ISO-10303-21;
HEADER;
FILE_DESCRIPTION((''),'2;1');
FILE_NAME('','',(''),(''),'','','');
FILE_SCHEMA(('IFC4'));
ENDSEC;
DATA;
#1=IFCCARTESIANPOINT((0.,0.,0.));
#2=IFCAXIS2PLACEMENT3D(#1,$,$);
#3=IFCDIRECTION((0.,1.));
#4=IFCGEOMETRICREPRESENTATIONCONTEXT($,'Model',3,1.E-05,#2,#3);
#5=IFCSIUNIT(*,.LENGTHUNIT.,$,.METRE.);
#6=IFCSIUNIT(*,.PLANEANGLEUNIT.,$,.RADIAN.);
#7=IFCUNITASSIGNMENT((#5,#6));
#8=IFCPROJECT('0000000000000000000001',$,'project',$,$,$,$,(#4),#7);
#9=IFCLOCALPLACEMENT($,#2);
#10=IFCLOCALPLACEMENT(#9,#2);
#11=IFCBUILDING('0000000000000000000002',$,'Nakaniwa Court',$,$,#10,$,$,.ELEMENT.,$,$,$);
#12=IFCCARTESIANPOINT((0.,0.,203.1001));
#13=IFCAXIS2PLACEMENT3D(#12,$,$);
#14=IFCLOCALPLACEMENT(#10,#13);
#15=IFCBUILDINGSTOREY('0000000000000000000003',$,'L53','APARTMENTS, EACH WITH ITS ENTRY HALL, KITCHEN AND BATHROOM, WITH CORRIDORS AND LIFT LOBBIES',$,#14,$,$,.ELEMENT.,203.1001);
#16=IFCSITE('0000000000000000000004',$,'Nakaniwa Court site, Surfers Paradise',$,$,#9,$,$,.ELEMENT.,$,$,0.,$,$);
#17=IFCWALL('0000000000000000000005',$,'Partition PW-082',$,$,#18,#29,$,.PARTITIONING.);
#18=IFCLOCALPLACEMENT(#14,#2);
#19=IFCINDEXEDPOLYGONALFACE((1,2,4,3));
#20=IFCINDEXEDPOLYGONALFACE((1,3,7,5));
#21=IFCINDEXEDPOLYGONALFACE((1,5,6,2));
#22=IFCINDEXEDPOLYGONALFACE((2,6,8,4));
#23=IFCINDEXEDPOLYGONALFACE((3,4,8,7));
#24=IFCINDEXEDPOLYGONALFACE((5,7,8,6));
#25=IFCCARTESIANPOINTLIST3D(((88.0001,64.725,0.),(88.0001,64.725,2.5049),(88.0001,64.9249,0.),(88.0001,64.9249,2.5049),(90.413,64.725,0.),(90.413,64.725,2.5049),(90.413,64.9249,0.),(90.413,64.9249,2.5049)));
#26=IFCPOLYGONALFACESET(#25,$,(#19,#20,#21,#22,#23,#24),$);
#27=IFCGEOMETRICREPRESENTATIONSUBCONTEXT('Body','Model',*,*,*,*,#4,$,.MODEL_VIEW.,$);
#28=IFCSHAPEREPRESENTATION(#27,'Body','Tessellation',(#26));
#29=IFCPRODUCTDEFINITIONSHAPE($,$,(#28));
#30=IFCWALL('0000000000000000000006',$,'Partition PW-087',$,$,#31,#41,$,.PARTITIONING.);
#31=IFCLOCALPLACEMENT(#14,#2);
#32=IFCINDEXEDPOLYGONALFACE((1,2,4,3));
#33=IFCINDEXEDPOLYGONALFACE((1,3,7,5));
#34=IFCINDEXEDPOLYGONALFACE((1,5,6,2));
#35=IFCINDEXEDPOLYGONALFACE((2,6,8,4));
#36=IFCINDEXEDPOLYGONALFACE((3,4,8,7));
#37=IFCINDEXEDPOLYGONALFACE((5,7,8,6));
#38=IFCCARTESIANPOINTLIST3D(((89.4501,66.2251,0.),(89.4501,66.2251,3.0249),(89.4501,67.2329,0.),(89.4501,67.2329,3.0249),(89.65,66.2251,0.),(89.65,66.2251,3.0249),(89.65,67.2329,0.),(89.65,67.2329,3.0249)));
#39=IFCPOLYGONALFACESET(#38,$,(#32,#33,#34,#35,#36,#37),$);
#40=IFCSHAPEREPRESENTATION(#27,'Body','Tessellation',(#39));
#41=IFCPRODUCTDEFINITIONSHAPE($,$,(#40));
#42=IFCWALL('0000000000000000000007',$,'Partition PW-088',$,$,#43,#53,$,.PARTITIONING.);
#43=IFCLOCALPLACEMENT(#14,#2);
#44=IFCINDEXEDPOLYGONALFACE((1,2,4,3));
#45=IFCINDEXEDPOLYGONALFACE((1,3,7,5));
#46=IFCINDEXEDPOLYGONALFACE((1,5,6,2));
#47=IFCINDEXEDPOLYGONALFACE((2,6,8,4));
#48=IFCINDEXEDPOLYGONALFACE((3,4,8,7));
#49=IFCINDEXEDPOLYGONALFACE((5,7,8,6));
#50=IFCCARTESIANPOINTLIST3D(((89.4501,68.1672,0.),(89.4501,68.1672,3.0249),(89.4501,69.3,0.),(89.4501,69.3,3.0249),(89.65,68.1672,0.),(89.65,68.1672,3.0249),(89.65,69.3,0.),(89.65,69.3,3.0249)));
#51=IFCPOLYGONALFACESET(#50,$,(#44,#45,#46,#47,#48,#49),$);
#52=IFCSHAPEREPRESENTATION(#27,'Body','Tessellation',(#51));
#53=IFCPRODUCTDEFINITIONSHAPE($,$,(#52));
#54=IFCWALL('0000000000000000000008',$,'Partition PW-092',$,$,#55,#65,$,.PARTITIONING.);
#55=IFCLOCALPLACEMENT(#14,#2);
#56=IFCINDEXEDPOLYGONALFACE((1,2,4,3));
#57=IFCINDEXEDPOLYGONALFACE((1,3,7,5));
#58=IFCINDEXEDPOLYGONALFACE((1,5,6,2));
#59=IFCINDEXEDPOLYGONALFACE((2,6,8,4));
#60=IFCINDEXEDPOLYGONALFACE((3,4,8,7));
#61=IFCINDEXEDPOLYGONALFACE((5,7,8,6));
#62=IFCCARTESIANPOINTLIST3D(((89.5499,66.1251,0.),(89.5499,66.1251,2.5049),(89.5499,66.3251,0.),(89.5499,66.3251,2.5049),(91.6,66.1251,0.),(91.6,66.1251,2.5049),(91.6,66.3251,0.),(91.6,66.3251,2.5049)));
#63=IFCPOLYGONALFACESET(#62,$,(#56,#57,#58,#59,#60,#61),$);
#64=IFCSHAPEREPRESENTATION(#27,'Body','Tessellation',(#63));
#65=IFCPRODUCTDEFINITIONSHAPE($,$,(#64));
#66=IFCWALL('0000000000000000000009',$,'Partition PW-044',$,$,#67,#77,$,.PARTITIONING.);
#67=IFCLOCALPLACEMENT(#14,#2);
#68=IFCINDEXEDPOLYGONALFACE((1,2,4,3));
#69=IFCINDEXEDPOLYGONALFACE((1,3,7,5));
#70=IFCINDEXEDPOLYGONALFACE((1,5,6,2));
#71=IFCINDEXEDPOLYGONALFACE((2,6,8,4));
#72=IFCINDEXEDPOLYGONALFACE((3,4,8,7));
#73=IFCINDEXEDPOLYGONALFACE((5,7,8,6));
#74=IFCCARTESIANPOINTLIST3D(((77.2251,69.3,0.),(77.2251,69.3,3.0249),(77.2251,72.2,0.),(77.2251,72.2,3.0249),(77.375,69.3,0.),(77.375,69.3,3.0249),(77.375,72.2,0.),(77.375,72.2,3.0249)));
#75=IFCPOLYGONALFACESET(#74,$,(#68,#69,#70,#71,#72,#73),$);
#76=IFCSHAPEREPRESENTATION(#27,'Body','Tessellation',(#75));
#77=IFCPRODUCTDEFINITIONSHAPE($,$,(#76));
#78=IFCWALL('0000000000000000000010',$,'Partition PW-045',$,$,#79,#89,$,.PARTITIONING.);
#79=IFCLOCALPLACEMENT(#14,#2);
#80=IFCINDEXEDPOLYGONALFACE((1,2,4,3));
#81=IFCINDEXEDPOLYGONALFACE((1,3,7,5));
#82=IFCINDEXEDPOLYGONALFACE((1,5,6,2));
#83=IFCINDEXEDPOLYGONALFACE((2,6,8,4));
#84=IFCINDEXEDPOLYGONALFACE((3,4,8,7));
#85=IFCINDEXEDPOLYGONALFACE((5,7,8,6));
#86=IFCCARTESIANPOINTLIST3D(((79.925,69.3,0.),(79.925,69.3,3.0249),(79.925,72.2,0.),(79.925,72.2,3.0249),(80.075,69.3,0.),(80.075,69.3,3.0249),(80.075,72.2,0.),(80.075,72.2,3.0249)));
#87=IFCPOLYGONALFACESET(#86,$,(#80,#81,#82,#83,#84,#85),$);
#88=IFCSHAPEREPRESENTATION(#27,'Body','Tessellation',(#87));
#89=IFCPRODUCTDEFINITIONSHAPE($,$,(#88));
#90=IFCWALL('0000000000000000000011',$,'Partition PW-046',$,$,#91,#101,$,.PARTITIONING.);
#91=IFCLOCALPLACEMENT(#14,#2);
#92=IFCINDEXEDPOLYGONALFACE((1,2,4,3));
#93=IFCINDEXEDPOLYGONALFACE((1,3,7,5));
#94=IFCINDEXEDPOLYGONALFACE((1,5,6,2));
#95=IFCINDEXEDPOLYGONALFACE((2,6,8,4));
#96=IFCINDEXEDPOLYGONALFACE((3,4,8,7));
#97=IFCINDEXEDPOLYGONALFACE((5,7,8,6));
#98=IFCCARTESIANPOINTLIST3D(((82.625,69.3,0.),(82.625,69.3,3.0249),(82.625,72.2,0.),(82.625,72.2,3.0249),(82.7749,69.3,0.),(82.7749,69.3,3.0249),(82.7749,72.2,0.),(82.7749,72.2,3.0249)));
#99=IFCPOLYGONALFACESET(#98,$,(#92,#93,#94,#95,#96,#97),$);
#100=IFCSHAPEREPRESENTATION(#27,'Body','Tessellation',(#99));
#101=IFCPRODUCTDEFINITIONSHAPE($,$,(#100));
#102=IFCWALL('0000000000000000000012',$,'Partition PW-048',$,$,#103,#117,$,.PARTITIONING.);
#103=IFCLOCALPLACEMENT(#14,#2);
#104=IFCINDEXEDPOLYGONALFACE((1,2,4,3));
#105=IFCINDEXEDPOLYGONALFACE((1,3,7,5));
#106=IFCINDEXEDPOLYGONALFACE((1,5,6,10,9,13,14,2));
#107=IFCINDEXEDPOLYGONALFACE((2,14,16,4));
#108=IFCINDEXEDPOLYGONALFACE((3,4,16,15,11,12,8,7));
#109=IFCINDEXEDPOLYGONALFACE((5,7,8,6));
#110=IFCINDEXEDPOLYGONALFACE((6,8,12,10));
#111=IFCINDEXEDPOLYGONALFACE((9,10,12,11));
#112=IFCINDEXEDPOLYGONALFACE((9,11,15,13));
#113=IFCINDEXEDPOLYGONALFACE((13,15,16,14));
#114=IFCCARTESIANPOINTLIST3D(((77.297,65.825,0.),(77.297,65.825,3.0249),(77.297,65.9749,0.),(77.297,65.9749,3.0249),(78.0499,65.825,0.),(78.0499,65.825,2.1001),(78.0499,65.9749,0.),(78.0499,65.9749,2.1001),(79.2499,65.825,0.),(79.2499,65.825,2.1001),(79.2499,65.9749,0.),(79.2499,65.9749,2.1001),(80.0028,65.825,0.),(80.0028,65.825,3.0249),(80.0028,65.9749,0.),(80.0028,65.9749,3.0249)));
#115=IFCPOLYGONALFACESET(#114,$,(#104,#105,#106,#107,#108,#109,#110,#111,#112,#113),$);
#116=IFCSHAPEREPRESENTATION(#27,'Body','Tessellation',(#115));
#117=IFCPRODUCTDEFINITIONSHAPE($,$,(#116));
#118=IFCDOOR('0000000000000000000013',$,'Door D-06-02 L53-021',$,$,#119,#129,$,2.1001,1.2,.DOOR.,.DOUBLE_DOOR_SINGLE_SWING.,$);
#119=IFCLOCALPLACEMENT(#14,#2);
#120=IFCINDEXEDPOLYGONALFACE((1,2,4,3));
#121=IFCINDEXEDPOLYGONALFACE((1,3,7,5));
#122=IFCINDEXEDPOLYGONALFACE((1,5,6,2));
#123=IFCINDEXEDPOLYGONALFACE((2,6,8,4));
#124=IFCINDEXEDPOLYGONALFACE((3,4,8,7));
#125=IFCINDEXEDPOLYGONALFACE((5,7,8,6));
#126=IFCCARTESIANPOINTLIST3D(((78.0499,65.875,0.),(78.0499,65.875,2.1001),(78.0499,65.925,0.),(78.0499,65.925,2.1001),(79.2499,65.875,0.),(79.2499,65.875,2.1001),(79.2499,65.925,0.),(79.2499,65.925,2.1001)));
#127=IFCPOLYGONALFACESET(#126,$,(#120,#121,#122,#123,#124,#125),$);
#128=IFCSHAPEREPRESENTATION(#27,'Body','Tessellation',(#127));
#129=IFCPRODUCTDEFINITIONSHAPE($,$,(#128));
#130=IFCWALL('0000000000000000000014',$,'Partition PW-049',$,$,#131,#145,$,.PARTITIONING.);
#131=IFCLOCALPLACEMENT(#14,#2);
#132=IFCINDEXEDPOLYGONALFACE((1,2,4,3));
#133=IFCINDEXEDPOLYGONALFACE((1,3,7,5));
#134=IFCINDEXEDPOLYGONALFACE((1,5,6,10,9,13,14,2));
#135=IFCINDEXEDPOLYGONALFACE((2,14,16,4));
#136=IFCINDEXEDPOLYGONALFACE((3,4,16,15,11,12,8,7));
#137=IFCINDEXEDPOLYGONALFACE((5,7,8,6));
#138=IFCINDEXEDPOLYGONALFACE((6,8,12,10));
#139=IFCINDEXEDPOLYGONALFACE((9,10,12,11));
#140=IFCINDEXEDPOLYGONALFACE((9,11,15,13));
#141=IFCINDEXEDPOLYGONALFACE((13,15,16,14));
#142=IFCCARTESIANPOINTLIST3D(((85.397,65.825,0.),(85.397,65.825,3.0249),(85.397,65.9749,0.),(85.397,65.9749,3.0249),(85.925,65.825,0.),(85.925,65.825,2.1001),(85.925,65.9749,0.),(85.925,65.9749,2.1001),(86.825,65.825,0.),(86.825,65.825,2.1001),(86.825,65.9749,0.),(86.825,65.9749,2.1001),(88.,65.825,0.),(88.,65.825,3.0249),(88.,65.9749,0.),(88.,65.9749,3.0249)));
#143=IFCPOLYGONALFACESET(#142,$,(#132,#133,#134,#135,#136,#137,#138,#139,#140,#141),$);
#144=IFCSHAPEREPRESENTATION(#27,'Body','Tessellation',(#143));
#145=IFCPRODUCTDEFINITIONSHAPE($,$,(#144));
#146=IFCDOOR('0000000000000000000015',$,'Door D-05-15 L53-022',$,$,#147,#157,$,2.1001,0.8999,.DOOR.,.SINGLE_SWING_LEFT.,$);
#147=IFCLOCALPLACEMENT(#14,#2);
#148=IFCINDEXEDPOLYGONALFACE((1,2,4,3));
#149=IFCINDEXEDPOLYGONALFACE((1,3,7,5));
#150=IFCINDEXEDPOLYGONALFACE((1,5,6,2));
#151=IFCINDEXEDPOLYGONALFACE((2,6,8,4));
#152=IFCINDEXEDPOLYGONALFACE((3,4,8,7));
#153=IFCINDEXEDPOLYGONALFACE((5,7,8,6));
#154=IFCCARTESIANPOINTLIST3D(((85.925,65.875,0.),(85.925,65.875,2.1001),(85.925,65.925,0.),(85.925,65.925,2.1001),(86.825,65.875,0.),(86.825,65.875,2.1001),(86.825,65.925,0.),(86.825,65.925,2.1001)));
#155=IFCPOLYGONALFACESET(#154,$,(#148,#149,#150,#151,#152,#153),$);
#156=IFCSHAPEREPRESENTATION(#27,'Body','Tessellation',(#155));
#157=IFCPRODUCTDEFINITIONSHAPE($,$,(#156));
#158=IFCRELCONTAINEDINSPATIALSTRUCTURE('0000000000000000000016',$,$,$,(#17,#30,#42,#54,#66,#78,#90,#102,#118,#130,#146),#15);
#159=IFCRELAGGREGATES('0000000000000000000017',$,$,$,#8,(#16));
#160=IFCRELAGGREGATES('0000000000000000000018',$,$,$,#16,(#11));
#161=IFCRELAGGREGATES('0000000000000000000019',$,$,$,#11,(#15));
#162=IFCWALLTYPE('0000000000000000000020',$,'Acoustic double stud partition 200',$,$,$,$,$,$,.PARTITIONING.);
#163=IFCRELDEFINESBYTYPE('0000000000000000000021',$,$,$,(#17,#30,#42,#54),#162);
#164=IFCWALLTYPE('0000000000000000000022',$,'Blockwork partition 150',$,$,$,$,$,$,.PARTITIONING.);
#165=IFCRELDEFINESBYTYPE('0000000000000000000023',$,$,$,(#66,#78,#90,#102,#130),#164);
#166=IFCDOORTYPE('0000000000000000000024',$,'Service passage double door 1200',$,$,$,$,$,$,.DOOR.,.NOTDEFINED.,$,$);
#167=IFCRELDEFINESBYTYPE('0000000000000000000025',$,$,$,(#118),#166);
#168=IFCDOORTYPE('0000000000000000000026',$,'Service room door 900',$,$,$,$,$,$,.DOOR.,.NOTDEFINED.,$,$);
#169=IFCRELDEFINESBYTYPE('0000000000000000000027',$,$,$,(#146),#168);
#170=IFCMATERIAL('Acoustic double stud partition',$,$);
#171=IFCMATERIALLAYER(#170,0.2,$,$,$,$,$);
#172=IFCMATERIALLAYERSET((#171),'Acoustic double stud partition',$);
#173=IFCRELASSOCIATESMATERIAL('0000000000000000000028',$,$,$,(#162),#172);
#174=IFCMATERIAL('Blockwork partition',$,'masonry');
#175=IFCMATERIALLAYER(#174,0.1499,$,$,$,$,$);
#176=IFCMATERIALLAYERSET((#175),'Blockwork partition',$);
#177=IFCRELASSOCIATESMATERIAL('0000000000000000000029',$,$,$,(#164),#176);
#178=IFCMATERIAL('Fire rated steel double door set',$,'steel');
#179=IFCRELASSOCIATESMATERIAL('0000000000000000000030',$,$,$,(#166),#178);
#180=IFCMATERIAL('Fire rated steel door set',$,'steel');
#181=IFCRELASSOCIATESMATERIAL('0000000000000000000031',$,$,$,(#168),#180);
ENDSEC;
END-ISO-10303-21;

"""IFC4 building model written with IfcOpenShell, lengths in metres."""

from ifc_helpers import new_model, si_unit, direction, frame, frame_2d, origin, place, context, subcontext, project, spatial, rectangle, extrude, material, layer, layer_set, type_object, element, fill, save


model = new_model("IFC4")

# Units and contexts
model_context = context("Model", 3, precision=1e-05, world=origin(), true_north=direction((0.0, 1.0)))
body_context = subcontext(model_context, "Body", "Model", "MODEL_VIEW")
ifc_project = project(units=[si_unit("LENGTHUNIT", "METRE"), si_unit("PLANEANGLEUNIT", "RADIAN")], contexts=[model_context])

# Site, building, storey
site_placement = place(None, origin())
site = spatial("IfcSite", under=ifc_project, at=site_placement, Name="Nakaniwa Court site, Surfers Paradise", CompositionType="ELEMENT", RefElevation=0.0)
building_placement = place(site_placement, origin())
building = spatial("IfcBuilding", under=site, at=building_placement, Name="Nakaniwa Court", CompositionType="ELEMENT")
storey_placement = place(building_placement, frame((0.0, 0.0, 203.1001)))
storey = spatial("IfcBuildingStorey", under=building, at=storey_placement, Name="L53", Description="APARTMENTS, EACH WITH ITS ENTRY HALL, KITCHEN AND BATHROOM, WITH CORRIDORS AND LIFT LOBBIES", CompositionType="ELEMENT", Elevation=203.1001)

# Walls
ifc_material_1 = material(Name="Acoustic double stud partition")
ifc_layer_1 = layer(ifc_material_1, 0.2)
ifc_layer_set_1 = layer_set([ifc_layer_1], Name="Acoustic double stud partition")
wall_type_1 = type_object("IfcWallType", Name="Acoustic double stud partition 200", PredefinedType="PARTITIONING", material=ifc_layer_set_1)
wall_1_placement = place(storey_placement, frame((88.0, 64.825, 0.0), z_axis=(0.0, 0.0, 1.0), x_axis=(1.0, 0.0, 0.0)))
element("IfcWall", 1, at=wall_1_placement, inside=storey, type_object=wall_type_1, Name="Partition PW-082", PredefinedType="PARTITIONING", context=body_context, shape_type="SweptSolid", body=[
    extrude(rectangle(XDim=2.4128, YDim=0.2, at=frame_2d((1.2065, 0.0))), origin(), (0.0, 0.0, 1.0), 2.5049),
])
wall_2_placement = place(storey_placement, frame((89.55, 66.2251, 0.0), z_axis=(0.0, 0.0, 1.0), x_axis=(0.0, 1.0, 0.0)))
element("IfcWall", 2, at=wall_2_placement, inside=storey, type_object=wall_type_1, Name="Partition PW-087", PredefinedType="PARTITIONING", context=body_context, shape_type="SweptSolid", body=[
    extrude(rectangle(XDim=1.0078, YDim=0.2, at=frame_2d((0.5039, 0.0))), origin(), (0.0, 0.0, 1.0), 3.0249),
])
wall_3_placement = place(storey_placement, frame((89.55, 68.1672, 0.0), z_axis=(0.0, 0.0, 1.0), x_axis=(0.0, 1.0, 0.0)))
element("IfcWall", 3, at=wall_3_placement, inside=storey, type_object=wall_type_1, Name="Partition PW-088", PredefinedType="PARTITIONING", context=body_context, shape_type="SweptSolid", body=[
    extrude(rectangle(XDim=1.1328, YDim=0.2, at=frame_2d((0.5664, 0.0))), origin(), (0.0, 0.0, 1.0), 3.0249),
])
wall_4_placement = place(storey_placement, frame((89.55, 66.2251, 0.0), z_axis=(0.0, 0.0, 1.0), x_axis=(1.0, 0.0, 0.0)))
element("IfcWall", 4, at=wall_4_placement, inside=storey, type_object=wall_type_1, Name="Partition PW-092", PredefinedType="PARTITIONING", context=body_context, shape_type="SweptSolid", body=[
    extrude(rectangle(XDim=2.05, YDim=0.2, at=frame_2d((1.0249, 0.0))), origin(), (0.0, 0.0, 1.0), 2.5049),
])
ifc_material_2 = material(Name="Blockwork partition", Category="masonry")
ifc_layer_2 = layer(ifc_material_2, 0.1499)
ifc_layer_set_2 = layer_set([ifc_layer_2], Name="Blockwork partition")
wall_type_2 = type_object("IfcWallType", Name="Blockwork partition 150", PredefinedType="PARTITIONING", material=ifc_layer_set_2)
for number, where, z_axis, x_axis, name in (
    (5, (77.3, 69.3, 0.0), (0.0, 0.0, 1.0), (0.0, 1.0, 0.0), "Partition PW-044"),
    (6, (80.0, 69.3, 0.0), (0.0, 0.0, 1.0), (0.0, 1.0, 0.0), "Partition PW-045"),
    (7, (82.7, 69.3, 0.0), (0.0, 0.0, 1.0), (0.0, 1.0, 0.0), "Partition PW-046"),
):
    element("IfcWall", number, at=place(storey_placement, frame(where, z_axis=z_axis, x_axis=x_axis)), inside=storey, type_object=wall_type_2, Name=name, PredefinedType="PARTITIONING", context=body_context, shape_type="SweptSolid", body=[
        extrude(rectangle(XDim=2.8999, YDim=0.1499, at=frame_2d((1.45, 0.0))), origin(), (0.0, 0.0, 1.0), 3.0249),
    ])

# Walls, openings, doors
wall_5_placement = place(storey_placement, frame((80.0029, 65.8999, 0.0), z_axis=(0.0, 0.0, 1.0), x_axis=(-1.0, 0.0, 0.0)))
wall_5 = element("IfcWall", 8, at=wall_5_placement, inside=storey, type_object=wall_type_2, Name="Partition PW-048", PredefinedType="PARTITIONING", context=body_context, shape_type="SweptSolid", body=[
    extrude(rectangle(XDim=2.7058, YDim=0.1499, at=frame_2d((1.353, 0.0))), origin(), (0.0, 0.0, 1.0), 3.0249),
])
opening_1_placement = place(wall_5_placement, frame((0.7529, 0.0, 0.0)))
opening_1 = element("IfcOpeningElement", 9, at=opening_1_placement, cuts=wall_5, PredefinedType="OPENING", context=body_context, shape_type="SweptSolid", body=[
    extrude(rectangle(XDim=1.2, YDim=2.1001, at=frame_2d((0.6001, 1.05))), frame((0.0, 0.085, 0.0), z_axis=(0.0, -1.0, 0.0), x_axis=(1.0, 0.0, 0.0)), (0.0, 0.0, 1.0), 0.1699),
])
ifc_material_3 = material(Name="Fire rated steel double door set", Category="steel")
door_type_1 = type_object("IfcDoorType", Name="Service passage double door 1200", OperationType="NOTDEFINED", PredefinedType="DOOR", material=ifc_material_3)
door_1_placement = place(opening_1_placement, origin())
door_1 = element("IfcDoor", 10, at=door_1_placement, inside=storey, type_object=door_type_1, Name="Door D-06-02 L53-021", OperationType="DOUBLE_DOOR_SINGLE_SWING", OverallHeight=2.1001, OverallWidth=1.2, PredefinedType="DOOR", context=body_context, shape_type="SweptSolid", body=[
    extrude(rectangle(XDim=1.2, YDim=2.1001, at=frame_2d((0.6001, 1.05))), frame((0.0, 0.0249, 0.0), z_axis=(0.0, -1.0, 0.0), x_axis=(1.0, 0.0, 0.0)), (0.0, 0.0, 1.0), 0.05),
])
fill(opening_1, door_1)
wall_6_placement = place(storey_placement, frame((88.0, 65.8999, 0.0), z_axis=(0.0, 0.0, 1.0), x_axis=(-1.0, 0.0, 0.0)))
wall_6 = element("IfcWall", 11, at=wall_6_placement, inside=storey, type_object=wall_type_2, Name="Partition PW-049", PredefinedType="PARTITIONING", context=body_context, shape_type="SweptSolid", body=[
    extrude(rectangle(XDim=2.603, YDim=0.1499, at=frame_2d((1.3015, 0.0))), origin(), (0.0, 0.0, 1.0), 3.0249),
])
opening_2_placement = place(wall_6_placement, frame((1.175, 0.0, 0.0)))
opening_2 = element("IfcOpeningElement", 12, at=opening_2_placement, cuts=wall_6, PredefinedType="OPENING", context=body_context, shape_type="SweptSolid", body=[
    extrude(rectangle(XDim=0.8999, YDim=2.1001, at=frame_2d((0.45, 1.05))), frame((0.0, 0.085, 0.0), z_axis=(0.0, -1.0, 0.0), x_axis=(1.0, 0.0, 0.0)), (0.0, 0.0, 1.0), 0.1699),
])
ifc_material_4 = material(Name="Fire rated steel door set", Category="steel")
door_type_2 = type_object("IfcDoorType", Name="Service room door 900", OperationType="NOTDEFINED", PredefinedType="DOOR", material=ifc_material_4)
door_2_placement = place(opening_2_placement, origin())
door_2 = element("IfcDoor", 13, at=door_2_placement, inside=storey, type_object=door_type_2, Name="Door D-05-15 L53-022", OperationType="SINGLE_SWING_LEFT", OverallHeight=2.1001, OverallWidth=0.8999, PredefinedType="DOOR", context=body_context, shape_type="SweptSolid", body=[
    extrude(rectangle(XDim=0.8999, YDim=2.1001, at=frame_2d((0.45, 1.05))), frame((0.0, 0.0249, 0.0), z_axis=(0.0, -1.0, 0.0), x_axis=(1.0, 0.0, 0.0)), (0.0, 0.0, 1.0), 0.05),
])
fill(opening_2, door_2)

save(model, "model.ifc")
